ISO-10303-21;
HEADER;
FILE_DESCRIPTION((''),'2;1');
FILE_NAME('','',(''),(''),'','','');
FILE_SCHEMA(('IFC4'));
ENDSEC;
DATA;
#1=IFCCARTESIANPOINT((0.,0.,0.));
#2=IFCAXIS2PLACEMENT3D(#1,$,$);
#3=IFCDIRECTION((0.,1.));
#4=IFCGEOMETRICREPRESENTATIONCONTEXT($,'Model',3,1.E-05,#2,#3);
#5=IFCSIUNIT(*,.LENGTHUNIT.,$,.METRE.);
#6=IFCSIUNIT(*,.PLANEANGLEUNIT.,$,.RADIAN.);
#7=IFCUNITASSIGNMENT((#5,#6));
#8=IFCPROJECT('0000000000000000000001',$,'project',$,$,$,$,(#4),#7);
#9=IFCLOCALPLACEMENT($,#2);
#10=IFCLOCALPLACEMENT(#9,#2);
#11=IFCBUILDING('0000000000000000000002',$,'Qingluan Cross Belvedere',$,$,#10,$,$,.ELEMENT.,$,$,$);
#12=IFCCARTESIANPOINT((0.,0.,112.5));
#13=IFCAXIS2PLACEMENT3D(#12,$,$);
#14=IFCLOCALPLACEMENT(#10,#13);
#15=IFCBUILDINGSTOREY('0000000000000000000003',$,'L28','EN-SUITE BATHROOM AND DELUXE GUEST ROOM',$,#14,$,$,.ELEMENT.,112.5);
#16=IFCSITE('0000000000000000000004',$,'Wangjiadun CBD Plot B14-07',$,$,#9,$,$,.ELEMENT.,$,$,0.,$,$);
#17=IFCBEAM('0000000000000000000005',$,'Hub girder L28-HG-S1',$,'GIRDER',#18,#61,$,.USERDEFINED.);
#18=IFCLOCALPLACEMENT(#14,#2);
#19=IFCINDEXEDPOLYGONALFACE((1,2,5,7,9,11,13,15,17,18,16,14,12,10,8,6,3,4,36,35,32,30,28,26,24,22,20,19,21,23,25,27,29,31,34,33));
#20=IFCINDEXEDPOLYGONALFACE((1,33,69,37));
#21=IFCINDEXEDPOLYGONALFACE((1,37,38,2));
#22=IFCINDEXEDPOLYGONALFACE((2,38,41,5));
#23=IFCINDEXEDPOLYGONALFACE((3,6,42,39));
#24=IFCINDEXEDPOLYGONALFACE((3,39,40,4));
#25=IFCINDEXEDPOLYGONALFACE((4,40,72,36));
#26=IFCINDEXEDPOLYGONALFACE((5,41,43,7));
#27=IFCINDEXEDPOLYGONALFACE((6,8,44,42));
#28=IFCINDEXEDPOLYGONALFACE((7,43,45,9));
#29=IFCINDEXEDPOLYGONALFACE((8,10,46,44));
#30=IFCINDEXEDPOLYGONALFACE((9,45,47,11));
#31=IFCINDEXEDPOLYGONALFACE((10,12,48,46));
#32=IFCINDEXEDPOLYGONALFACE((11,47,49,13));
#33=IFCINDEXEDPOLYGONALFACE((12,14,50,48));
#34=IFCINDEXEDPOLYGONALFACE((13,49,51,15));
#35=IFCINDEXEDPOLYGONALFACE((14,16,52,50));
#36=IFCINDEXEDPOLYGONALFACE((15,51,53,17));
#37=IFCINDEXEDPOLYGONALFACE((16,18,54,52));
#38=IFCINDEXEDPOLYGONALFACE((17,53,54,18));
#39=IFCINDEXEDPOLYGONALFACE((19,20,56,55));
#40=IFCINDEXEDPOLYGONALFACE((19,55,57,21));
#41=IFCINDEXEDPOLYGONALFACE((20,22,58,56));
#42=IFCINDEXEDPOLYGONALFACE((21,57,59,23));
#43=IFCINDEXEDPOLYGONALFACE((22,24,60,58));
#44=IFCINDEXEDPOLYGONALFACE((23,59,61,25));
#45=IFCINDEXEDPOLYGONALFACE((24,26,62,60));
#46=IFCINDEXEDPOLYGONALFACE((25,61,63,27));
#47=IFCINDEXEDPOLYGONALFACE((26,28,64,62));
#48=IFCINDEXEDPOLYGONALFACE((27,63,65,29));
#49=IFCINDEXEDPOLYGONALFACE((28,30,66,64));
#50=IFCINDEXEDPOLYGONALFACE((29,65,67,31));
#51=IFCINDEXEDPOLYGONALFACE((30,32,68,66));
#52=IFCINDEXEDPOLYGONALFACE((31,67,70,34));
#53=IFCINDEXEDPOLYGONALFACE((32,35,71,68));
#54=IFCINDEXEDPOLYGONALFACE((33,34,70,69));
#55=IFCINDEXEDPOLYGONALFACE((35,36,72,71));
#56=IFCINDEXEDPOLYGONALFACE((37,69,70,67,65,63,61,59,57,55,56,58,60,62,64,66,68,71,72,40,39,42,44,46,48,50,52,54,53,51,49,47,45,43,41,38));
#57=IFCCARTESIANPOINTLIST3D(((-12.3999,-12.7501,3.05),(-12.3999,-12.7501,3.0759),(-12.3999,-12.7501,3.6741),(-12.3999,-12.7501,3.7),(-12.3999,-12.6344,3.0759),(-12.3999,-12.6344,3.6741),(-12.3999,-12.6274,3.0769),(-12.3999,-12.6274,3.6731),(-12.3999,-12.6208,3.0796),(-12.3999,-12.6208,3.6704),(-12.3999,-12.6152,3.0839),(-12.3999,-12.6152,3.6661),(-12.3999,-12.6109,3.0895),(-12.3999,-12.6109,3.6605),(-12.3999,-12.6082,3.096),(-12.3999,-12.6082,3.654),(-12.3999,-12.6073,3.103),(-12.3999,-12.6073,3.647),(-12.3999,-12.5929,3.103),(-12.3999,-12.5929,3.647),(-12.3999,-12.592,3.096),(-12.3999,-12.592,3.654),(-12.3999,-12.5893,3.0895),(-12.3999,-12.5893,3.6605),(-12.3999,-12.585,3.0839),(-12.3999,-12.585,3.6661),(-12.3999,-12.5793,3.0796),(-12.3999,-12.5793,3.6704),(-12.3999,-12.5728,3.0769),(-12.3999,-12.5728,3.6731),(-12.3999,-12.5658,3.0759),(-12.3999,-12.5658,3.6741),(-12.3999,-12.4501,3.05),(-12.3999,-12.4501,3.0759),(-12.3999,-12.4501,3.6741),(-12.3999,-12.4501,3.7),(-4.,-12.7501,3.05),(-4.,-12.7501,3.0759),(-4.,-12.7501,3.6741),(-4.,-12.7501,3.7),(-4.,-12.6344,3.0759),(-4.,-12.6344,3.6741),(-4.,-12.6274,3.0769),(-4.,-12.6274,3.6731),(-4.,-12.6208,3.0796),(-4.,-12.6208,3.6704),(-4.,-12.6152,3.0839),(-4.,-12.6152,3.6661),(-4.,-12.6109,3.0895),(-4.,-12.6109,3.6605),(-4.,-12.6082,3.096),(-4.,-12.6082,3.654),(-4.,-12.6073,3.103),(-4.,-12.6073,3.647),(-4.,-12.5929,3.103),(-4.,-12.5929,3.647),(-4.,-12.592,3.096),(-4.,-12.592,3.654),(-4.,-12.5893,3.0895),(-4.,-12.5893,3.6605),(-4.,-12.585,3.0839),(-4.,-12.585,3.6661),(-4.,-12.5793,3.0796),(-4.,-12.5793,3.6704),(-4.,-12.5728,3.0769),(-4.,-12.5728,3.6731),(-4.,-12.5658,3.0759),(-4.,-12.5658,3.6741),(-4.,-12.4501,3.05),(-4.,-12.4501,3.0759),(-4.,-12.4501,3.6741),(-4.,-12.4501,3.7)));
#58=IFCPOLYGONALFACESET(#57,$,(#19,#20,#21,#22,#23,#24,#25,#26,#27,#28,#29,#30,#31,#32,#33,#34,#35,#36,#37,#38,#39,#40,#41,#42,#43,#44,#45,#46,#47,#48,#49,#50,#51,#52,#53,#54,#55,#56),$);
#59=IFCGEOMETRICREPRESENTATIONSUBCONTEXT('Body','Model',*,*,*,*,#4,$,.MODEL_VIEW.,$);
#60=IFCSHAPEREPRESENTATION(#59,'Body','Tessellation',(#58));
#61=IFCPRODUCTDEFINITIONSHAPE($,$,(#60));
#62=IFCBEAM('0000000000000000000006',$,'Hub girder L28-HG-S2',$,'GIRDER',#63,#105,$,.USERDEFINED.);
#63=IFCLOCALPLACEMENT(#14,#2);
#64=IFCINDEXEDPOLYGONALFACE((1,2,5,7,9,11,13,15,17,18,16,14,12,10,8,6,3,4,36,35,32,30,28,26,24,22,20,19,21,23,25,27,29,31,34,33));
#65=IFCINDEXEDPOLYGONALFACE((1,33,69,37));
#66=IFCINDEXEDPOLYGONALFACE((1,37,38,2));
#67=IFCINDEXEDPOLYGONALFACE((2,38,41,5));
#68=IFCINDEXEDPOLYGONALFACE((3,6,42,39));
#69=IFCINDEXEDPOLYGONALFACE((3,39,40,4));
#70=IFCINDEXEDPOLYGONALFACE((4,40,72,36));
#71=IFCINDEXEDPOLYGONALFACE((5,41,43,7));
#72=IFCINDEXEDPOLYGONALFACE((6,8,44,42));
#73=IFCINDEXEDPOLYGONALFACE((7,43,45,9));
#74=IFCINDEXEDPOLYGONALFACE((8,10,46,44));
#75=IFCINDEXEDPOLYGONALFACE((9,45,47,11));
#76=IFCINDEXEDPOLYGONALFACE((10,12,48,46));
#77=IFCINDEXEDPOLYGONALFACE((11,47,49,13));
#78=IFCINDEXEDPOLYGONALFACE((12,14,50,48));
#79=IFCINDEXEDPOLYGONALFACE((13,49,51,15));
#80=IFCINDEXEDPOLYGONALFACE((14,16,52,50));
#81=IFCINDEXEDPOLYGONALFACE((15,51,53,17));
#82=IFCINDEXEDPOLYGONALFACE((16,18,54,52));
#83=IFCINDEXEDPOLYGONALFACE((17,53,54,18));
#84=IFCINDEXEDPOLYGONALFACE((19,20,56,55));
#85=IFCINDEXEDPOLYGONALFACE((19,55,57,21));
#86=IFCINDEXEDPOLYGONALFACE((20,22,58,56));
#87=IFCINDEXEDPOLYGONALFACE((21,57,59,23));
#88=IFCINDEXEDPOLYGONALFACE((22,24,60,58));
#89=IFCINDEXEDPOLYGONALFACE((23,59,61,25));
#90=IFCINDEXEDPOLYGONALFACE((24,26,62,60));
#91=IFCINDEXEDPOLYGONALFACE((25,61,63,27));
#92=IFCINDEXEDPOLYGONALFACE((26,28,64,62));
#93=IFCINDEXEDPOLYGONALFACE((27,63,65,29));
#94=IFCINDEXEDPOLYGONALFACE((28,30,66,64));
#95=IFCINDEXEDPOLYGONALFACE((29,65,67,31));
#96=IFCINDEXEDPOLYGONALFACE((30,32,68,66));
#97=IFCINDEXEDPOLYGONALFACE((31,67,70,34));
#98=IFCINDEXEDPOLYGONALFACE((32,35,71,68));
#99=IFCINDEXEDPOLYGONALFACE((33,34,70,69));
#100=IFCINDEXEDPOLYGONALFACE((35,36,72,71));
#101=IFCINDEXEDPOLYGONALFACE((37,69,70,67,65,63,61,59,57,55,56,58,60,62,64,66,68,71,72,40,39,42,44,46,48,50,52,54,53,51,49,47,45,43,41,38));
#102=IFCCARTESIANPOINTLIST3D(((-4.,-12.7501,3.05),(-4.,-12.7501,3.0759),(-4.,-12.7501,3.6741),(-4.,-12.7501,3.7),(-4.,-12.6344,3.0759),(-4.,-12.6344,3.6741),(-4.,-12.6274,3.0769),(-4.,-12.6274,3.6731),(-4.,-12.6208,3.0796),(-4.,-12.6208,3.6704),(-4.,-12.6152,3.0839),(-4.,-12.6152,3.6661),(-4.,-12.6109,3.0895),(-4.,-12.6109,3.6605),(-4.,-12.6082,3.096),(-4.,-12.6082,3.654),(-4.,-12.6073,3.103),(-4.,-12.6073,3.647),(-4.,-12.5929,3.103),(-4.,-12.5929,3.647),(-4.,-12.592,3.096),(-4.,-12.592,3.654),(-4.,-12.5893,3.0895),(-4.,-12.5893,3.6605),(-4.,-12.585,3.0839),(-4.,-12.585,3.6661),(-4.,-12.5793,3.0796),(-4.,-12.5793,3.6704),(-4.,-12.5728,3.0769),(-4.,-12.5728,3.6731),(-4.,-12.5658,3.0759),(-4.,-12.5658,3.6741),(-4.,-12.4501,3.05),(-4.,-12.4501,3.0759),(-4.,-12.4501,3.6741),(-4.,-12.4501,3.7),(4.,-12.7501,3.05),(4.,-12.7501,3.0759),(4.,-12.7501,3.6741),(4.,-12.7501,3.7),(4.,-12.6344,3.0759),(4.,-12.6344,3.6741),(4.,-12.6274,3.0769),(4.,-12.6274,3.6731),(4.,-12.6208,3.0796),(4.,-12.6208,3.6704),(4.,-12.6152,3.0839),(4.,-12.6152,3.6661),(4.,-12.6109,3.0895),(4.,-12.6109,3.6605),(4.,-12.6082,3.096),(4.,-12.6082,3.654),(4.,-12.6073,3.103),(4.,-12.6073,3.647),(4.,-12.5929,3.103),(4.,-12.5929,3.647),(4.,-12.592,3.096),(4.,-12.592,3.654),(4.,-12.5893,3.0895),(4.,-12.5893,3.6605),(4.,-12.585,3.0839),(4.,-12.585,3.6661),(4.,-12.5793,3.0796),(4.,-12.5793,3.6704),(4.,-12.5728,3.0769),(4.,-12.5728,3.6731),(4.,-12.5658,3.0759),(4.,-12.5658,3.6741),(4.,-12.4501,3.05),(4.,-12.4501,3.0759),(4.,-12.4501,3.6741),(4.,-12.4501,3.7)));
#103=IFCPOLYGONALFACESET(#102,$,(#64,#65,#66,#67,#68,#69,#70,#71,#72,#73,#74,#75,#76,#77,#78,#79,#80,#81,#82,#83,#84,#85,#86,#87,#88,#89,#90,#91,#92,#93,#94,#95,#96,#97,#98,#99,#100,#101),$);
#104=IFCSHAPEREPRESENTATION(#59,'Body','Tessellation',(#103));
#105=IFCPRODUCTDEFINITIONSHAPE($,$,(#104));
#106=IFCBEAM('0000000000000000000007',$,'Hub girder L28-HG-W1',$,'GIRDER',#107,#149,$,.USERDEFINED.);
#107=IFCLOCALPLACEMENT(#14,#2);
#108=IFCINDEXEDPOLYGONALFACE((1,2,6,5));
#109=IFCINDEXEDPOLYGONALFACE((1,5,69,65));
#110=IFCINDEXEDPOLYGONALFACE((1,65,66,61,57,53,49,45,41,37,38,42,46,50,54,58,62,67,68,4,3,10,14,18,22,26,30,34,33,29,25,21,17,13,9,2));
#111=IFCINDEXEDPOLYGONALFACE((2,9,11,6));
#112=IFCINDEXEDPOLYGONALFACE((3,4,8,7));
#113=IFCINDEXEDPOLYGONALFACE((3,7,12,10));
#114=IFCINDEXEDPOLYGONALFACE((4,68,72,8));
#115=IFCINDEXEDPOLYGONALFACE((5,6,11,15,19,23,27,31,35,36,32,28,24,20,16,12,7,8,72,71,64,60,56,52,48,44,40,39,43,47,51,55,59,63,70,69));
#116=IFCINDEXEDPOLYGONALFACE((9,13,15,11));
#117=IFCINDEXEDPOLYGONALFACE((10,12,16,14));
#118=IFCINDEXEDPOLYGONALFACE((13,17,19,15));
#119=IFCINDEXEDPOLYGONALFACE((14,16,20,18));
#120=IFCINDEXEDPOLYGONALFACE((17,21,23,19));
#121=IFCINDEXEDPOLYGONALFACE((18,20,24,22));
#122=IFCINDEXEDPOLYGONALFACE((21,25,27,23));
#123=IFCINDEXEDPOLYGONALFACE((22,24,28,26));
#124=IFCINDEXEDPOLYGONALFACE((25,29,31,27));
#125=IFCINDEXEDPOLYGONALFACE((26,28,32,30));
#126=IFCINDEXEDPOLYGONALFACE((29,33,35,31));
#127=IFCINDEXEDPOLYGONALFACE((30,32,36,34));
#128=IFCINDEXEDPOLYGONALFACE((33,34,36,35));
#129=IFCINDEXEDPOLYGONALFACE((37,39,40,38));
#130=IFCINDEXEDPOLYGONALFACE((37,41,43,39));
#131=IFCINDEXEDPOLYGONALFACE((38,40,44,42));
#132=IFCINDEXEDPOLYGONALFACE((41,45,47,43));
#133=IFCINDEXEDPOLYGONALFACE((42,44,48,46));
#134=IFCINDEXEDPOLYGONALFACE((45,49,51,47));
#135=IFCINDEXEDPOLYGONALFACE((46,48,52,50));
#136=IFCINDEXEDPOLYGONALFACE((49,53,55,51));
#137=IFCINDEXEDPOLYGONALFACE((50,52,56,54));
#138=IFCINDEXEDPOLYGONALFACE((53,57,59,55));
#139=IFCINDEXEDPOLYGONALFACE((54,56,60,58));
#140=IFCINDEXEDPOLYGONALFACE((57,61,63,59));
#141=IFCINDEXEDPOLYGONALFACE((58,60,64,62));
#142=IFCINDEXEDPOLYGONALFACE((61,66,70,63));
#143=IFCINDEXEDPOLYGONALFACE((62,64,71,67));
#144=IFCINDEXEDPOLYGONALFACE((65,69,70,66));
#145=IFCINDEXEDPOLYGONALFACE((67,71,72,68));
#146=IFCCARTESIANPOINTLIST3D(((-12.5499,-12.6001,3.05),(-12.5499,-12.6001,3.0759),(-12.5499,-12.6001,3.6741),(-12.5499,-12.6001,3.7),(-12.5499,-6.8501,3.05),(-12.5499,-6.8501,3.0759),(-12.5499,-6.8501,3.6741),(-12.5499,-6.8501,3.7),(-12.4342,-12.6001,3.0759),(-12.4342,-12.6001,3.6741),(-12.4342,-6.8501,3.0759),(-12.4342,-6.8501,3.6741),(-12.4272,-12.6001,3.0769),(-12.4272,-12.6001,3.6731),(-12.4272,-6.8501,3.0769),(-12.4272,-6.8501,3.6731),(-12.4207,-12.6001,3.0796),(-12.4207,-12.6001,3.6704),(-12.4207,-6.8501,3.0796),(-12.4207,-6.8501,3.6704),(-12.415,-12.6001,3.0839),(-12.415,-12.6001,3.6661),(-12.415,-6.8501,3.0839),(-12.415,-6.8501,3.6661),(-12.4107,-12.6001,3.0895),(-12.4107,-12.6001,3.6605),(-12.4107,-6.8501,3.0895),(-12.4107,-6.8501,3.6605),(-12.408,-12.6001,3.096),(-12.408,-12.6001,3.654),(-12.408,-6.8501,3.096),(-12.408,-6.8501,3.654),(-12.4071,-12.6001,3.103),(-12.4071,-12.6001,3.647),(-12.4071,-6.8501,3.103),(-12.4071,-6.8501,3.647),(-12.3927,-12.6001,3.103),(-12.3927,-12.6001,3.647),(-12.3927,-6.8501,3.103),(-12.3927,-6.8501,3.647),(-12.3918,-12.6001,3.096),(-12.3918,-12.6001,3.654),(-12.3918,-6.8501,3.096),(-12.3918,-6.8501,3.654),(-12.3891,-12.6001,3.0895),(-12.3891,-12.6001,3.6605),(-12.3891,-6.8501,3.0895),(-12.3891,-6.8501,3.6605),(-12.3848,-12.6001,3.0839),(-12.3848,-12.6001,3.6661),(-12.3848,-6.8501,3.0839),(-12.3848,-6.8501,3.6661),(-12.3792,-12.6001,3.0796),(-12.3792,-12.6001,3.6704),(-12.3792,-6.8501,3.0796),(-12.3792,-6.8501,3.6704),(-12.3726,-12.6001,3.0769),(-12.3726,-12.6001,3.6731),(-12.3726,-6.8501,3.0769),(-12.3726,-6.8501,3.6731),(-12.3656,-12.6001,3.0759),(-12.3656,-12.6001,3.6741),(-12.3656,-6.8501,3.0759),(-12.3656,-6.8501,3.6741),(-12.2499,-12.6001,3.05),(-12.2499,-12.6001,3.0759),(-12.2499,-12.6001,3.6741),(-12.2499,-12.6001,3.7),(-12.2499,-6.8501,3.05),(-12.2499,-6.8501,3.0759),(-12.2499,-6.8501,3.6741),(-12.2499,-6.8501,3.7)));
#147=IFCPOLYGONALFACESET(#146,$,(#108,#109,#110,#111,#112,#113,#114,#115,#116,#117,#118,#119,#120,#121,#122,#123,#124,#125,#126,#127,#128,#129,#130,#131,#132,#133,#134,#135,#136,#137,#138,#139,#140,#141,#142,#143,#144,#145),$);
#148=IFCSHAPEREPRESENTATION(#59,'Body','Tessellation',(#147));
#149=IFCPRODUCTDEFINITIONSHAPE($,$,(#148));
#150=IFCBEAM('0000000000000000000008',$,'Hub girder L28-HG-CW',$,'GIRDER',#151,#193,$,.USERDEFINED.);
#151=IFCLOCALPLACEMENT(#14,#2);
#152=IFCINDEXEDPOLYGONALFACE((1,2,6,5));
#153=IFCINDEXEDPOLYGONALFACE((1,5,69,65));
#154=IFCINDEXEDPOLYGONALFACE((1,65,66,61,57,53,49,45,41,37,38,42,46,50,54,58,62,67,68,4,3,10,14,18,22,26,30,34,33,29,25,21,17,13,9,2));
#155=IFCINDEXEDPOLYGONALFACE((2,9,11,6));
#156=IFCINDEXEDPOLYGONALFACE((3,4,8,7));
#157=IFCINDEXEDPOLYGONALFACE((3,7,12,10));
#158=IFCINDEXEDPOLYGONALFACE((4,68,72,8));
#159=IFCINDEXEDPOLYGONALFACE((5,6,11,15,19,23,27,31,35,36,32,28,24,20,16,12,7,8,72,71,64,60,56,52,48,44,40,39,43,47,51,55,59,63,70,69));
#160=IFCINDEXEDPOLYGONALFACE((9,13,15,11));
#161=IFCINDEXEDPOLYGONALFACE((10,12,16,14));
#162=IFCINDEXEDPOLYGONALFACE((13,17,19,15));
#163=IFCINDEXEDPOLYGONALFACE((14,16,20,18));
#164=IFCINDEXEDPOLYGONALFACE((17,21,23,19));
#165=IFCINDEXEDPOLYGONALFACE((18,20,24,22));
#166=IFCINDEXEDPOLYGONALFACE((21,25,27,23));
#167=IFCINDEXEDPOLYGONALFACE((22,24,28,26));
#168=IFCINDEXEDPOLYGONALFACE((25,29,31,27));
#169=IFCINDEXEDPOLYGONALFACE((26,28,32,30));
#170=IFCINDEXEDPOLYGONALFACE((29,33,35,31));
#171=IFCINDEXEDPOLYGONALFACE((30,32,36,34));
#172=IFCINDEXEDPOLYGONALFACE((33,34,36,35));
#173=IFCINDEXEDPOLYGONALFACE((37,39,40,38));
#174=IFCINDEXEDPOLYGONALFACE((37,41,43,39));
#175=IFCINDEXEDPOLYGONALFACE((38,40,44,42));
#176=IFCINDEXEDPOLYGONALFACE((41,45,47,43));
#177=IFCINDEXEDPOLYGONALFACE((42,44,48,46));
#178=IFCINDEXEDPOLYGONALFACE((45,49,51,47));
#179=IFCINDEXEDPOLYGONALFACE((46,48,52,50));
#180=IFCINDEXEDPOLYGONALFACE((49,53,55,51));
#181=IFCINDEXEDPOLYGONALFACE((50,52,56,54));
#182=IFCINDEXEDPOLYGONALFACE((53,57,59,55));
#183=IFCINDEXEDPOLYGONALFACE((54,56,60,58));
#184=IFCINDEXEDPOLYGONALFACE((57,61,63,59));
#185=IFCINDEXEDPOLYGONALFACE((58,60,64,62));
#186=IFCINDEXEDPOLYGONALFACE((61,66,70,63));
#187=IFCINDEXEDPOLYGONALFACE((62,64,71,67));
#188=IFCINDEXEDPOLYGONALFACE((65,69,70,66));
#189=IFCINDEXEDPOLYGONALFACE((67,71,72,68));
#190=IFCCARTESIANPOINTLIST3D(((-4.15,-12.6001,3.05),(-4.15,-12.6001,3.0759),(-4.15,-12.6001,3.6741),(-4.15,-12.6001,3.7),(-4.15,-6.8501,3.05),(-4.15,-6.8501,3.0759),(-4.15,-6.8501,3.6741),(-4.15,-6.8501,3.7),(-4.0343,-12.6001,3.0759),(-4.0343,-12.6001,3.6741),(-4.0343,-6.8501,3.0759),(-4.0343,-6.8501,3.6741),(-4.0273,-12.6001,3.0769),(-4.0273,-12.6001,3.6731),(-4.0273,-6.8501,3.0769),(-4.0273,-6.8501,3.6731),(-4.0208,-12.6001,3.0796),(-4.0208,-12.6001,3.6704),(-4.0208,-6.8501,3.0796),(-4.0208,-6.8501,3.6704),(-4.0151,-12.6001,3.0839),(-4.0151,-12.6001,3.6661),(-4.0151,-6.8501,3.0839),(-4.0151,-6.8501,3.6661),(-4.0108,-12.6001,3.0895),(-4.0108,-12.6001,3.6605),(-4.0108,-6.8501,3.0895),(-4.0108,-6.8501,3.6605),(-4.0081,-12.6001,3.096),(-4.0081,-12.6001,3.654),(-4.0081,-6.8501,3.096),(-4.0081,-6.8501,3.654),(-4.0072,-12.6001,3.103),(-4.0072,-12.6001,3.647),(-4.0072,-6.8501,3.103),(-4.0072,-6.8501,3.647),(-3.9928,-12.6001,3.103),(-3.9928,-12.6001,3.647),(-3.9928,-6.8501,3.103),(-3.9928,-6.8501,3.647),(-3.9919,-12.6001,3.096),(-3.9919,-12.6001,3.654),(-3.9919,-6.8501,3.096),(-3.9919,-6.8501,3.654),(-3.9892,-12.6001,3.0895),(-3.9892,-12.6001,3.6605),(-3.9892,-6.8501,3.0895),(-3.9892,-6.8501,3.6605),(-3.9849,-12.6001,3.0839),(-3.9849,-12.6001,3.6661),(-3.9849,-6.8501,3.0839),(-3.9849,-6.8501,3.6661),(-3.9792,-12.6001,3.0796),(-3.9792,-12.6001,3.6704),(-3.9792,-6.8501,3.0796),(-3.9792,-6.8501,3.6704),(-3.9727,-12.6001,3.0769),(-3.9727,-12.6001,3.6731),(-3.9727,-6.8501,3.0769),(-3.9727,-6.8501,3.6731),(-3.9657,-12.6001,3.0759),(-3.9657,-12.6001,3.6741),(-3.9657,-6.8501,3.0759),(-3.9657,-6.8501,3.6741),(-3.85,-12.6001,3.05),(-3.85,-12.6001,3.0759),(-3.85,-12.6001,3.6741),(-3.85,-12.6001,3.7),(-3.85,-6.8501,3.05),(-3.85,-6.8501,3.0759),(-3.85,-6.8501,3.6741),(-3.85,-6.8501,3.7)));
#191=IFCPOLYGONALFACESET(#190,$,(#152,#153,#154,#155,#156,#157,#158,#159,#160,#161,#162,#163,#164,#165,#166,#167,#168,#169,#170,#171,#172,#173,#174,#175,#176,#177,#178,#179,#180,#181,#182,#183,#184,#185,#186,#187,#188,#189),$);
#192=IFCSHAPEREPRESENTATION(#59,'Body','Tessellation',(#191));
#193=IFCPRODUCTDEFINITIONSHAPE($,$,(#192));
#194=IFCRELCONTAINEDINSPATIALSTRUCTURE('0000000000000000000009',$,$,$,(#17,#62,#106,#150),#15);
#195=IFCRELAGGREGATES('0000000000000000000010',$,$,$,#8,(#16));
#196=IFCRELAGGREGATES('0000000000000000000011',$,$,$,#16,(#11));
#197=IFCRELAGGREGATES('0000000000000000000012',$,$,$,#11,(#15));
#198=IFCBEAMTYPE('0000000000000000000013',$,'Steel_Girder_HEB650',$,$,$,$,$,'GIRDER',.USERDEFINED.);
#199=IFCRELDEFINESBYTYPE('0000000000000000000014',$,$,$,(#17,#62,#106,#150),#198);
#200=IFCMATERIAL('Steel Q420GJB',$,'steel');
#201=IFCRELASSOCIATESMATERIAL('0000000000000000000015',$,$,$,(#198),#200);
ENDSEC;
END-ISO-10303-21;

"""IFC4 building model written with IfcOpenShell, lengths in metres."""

from ifc_helpers import new_model, si_unit, direction, frame, origin, origin_2d, place, context, subcontext, project, spatial, i_section, extrude, material, material_profile, profile_set, type_object, element, save


model = new_model("IFC4")

# Units and contexts
model_context = context("Model", 3, precision=1e-05, world=origin(), true_north=direction((0.0, 1.0)))
body_context = subcontext(model_context, "Body", "Model", "MODEL_VIEW")
ifc_project = project(units=[si_unit("LENGTHUNIT", "METRE"), si_unit("PLANEANGLEUNIT", "RADIAN")], contexts=[model_context])

# Site, building, storey
site_placement = place(None, origin())
site = spatial("IfcSite", under=ifc_project, at=site_placement, Name="Wangjiadun CBD Plot B14-07", CompositionType="ELEMENT", RefElevation=0.0)
building_placement = place(site_placement, origin())
building = spatial("IfcBuilding", under=site, at=building_placement, Name="Qingluan Cross Belvedere", CompositionType="ELEMENT")
storey_placement = place(building_placement, frame((0.0, 0.0, 112.5)))
storey = spatial("IfcBuildingStorey", under=building, at=storey_placement, Name="L28", Description="EN-SUITE BATHROOM AND DELUXE GUEST ROOM", CompositionType="ELEMENT", Elevation=112.5)

# Beams
ifc_material_1 = material(Name="Steel Q420GJB", Category="steel")
ifc_material_profile_1 = material_profile(ifc_material_1, i_section(OverallWidth=0.3, OverallDepth=0.6499, WebThickness=0.0144, FlangeThickness=0.0259, FilletRadius=0.0271, at=origin_2d()), Name="HEB650")
ifc_profile_set_1 = profile_set([ifc_material_profile_1], Name="Steel Q420GJB")
beam_type_1 = type_object("IfcBeamType", Name="Steel_Girder_HEB650", ElementType="GIRDER", PredefinedType="USERDEFINED", material=ifc_profile_set_1)
beam_1_placement = place(storey_placement, frame((-12.3999, -12.6001, 3.375), z_axis=(1.0, 0.0, 0.0), x_axis=(0.0, 1.0, 0.0)))
element("IfcBeam", 1, at=beam_1_placement, inside=storey, type_object=beam_type_1, Name="Hub girder L28-HG-S1", ObjectType="GIRDER", PredefinedType="USERDEFINED", context=body_context, shape_type="SweptSolid", body=[
    extrude(i_section(OverallWidth=0.3, OverallDepth=0.6499, WebThickness=0.0144, FlangeThickness=0.0259, FilletRadius=0.0271, at=origin_2d()), origin(), (0.0, 0.0, 1.0), 8.3999),
])
beam_2_placement = place(storey_placement, frame((-4.0, -12.6001, 3.375), z_axis=(1.0, 0.0, 0.0), x_axis=(0.0, 1.0, 0.0)))
element("IfcBeam", 2, at=beam_2_placement, inside=storey, type_object=beam_type_1, Name="Hub girder L28-HG-S2", ObjectType="GIRDER", PredefinedType="USERDEFINED", context=body_context, shape_type="SweptSolid", body=[
    extrude(i_section(OverallWidth=0.3, OverallDepth=0.6499, WebThickness=0.0144, FlangeThickness=0.0259, FilletRadius=0.0271, at=origin_2d()), origin(), (0.0, 0.0, 1.0), 8.0),
])
for number, where, z_axis, x_axis, name in (
    (3, (-12.3999, -12.6001, 3.375), (0.0, 1.0, 0.0), (-1.0, 0.0, 0.0), "Hub girder L28-HG-W1"),
    (4, (-4.0, -12.6001, 3.375), (0.0, 1.0, 0.0), (-1.0, 0.0, 0.0), "Hub girder L28-HG-CW"),
):
    element("IfcBeam", number, at=place(storey_placement, frame(where, z_axis=z_axis, x_axis=x_axis)), inside=storey, type_object=beam_type_1, Name=name, ObjectType="GIRDER", PredefinedType="USERDEFINED", context=body_context, shape_type="SweptSolid", body=[
        extrude(i_section(OverallWidth=0.3, OverallDepth=0.6499, WebThickness=0.0144, FlangeThickness=0.0259, FilletRadius=0.0271, at=origin_2d()), origin(), (0.0, 0.0, 1.0), 5.75),
    ])

save(model, "model.ifc")
